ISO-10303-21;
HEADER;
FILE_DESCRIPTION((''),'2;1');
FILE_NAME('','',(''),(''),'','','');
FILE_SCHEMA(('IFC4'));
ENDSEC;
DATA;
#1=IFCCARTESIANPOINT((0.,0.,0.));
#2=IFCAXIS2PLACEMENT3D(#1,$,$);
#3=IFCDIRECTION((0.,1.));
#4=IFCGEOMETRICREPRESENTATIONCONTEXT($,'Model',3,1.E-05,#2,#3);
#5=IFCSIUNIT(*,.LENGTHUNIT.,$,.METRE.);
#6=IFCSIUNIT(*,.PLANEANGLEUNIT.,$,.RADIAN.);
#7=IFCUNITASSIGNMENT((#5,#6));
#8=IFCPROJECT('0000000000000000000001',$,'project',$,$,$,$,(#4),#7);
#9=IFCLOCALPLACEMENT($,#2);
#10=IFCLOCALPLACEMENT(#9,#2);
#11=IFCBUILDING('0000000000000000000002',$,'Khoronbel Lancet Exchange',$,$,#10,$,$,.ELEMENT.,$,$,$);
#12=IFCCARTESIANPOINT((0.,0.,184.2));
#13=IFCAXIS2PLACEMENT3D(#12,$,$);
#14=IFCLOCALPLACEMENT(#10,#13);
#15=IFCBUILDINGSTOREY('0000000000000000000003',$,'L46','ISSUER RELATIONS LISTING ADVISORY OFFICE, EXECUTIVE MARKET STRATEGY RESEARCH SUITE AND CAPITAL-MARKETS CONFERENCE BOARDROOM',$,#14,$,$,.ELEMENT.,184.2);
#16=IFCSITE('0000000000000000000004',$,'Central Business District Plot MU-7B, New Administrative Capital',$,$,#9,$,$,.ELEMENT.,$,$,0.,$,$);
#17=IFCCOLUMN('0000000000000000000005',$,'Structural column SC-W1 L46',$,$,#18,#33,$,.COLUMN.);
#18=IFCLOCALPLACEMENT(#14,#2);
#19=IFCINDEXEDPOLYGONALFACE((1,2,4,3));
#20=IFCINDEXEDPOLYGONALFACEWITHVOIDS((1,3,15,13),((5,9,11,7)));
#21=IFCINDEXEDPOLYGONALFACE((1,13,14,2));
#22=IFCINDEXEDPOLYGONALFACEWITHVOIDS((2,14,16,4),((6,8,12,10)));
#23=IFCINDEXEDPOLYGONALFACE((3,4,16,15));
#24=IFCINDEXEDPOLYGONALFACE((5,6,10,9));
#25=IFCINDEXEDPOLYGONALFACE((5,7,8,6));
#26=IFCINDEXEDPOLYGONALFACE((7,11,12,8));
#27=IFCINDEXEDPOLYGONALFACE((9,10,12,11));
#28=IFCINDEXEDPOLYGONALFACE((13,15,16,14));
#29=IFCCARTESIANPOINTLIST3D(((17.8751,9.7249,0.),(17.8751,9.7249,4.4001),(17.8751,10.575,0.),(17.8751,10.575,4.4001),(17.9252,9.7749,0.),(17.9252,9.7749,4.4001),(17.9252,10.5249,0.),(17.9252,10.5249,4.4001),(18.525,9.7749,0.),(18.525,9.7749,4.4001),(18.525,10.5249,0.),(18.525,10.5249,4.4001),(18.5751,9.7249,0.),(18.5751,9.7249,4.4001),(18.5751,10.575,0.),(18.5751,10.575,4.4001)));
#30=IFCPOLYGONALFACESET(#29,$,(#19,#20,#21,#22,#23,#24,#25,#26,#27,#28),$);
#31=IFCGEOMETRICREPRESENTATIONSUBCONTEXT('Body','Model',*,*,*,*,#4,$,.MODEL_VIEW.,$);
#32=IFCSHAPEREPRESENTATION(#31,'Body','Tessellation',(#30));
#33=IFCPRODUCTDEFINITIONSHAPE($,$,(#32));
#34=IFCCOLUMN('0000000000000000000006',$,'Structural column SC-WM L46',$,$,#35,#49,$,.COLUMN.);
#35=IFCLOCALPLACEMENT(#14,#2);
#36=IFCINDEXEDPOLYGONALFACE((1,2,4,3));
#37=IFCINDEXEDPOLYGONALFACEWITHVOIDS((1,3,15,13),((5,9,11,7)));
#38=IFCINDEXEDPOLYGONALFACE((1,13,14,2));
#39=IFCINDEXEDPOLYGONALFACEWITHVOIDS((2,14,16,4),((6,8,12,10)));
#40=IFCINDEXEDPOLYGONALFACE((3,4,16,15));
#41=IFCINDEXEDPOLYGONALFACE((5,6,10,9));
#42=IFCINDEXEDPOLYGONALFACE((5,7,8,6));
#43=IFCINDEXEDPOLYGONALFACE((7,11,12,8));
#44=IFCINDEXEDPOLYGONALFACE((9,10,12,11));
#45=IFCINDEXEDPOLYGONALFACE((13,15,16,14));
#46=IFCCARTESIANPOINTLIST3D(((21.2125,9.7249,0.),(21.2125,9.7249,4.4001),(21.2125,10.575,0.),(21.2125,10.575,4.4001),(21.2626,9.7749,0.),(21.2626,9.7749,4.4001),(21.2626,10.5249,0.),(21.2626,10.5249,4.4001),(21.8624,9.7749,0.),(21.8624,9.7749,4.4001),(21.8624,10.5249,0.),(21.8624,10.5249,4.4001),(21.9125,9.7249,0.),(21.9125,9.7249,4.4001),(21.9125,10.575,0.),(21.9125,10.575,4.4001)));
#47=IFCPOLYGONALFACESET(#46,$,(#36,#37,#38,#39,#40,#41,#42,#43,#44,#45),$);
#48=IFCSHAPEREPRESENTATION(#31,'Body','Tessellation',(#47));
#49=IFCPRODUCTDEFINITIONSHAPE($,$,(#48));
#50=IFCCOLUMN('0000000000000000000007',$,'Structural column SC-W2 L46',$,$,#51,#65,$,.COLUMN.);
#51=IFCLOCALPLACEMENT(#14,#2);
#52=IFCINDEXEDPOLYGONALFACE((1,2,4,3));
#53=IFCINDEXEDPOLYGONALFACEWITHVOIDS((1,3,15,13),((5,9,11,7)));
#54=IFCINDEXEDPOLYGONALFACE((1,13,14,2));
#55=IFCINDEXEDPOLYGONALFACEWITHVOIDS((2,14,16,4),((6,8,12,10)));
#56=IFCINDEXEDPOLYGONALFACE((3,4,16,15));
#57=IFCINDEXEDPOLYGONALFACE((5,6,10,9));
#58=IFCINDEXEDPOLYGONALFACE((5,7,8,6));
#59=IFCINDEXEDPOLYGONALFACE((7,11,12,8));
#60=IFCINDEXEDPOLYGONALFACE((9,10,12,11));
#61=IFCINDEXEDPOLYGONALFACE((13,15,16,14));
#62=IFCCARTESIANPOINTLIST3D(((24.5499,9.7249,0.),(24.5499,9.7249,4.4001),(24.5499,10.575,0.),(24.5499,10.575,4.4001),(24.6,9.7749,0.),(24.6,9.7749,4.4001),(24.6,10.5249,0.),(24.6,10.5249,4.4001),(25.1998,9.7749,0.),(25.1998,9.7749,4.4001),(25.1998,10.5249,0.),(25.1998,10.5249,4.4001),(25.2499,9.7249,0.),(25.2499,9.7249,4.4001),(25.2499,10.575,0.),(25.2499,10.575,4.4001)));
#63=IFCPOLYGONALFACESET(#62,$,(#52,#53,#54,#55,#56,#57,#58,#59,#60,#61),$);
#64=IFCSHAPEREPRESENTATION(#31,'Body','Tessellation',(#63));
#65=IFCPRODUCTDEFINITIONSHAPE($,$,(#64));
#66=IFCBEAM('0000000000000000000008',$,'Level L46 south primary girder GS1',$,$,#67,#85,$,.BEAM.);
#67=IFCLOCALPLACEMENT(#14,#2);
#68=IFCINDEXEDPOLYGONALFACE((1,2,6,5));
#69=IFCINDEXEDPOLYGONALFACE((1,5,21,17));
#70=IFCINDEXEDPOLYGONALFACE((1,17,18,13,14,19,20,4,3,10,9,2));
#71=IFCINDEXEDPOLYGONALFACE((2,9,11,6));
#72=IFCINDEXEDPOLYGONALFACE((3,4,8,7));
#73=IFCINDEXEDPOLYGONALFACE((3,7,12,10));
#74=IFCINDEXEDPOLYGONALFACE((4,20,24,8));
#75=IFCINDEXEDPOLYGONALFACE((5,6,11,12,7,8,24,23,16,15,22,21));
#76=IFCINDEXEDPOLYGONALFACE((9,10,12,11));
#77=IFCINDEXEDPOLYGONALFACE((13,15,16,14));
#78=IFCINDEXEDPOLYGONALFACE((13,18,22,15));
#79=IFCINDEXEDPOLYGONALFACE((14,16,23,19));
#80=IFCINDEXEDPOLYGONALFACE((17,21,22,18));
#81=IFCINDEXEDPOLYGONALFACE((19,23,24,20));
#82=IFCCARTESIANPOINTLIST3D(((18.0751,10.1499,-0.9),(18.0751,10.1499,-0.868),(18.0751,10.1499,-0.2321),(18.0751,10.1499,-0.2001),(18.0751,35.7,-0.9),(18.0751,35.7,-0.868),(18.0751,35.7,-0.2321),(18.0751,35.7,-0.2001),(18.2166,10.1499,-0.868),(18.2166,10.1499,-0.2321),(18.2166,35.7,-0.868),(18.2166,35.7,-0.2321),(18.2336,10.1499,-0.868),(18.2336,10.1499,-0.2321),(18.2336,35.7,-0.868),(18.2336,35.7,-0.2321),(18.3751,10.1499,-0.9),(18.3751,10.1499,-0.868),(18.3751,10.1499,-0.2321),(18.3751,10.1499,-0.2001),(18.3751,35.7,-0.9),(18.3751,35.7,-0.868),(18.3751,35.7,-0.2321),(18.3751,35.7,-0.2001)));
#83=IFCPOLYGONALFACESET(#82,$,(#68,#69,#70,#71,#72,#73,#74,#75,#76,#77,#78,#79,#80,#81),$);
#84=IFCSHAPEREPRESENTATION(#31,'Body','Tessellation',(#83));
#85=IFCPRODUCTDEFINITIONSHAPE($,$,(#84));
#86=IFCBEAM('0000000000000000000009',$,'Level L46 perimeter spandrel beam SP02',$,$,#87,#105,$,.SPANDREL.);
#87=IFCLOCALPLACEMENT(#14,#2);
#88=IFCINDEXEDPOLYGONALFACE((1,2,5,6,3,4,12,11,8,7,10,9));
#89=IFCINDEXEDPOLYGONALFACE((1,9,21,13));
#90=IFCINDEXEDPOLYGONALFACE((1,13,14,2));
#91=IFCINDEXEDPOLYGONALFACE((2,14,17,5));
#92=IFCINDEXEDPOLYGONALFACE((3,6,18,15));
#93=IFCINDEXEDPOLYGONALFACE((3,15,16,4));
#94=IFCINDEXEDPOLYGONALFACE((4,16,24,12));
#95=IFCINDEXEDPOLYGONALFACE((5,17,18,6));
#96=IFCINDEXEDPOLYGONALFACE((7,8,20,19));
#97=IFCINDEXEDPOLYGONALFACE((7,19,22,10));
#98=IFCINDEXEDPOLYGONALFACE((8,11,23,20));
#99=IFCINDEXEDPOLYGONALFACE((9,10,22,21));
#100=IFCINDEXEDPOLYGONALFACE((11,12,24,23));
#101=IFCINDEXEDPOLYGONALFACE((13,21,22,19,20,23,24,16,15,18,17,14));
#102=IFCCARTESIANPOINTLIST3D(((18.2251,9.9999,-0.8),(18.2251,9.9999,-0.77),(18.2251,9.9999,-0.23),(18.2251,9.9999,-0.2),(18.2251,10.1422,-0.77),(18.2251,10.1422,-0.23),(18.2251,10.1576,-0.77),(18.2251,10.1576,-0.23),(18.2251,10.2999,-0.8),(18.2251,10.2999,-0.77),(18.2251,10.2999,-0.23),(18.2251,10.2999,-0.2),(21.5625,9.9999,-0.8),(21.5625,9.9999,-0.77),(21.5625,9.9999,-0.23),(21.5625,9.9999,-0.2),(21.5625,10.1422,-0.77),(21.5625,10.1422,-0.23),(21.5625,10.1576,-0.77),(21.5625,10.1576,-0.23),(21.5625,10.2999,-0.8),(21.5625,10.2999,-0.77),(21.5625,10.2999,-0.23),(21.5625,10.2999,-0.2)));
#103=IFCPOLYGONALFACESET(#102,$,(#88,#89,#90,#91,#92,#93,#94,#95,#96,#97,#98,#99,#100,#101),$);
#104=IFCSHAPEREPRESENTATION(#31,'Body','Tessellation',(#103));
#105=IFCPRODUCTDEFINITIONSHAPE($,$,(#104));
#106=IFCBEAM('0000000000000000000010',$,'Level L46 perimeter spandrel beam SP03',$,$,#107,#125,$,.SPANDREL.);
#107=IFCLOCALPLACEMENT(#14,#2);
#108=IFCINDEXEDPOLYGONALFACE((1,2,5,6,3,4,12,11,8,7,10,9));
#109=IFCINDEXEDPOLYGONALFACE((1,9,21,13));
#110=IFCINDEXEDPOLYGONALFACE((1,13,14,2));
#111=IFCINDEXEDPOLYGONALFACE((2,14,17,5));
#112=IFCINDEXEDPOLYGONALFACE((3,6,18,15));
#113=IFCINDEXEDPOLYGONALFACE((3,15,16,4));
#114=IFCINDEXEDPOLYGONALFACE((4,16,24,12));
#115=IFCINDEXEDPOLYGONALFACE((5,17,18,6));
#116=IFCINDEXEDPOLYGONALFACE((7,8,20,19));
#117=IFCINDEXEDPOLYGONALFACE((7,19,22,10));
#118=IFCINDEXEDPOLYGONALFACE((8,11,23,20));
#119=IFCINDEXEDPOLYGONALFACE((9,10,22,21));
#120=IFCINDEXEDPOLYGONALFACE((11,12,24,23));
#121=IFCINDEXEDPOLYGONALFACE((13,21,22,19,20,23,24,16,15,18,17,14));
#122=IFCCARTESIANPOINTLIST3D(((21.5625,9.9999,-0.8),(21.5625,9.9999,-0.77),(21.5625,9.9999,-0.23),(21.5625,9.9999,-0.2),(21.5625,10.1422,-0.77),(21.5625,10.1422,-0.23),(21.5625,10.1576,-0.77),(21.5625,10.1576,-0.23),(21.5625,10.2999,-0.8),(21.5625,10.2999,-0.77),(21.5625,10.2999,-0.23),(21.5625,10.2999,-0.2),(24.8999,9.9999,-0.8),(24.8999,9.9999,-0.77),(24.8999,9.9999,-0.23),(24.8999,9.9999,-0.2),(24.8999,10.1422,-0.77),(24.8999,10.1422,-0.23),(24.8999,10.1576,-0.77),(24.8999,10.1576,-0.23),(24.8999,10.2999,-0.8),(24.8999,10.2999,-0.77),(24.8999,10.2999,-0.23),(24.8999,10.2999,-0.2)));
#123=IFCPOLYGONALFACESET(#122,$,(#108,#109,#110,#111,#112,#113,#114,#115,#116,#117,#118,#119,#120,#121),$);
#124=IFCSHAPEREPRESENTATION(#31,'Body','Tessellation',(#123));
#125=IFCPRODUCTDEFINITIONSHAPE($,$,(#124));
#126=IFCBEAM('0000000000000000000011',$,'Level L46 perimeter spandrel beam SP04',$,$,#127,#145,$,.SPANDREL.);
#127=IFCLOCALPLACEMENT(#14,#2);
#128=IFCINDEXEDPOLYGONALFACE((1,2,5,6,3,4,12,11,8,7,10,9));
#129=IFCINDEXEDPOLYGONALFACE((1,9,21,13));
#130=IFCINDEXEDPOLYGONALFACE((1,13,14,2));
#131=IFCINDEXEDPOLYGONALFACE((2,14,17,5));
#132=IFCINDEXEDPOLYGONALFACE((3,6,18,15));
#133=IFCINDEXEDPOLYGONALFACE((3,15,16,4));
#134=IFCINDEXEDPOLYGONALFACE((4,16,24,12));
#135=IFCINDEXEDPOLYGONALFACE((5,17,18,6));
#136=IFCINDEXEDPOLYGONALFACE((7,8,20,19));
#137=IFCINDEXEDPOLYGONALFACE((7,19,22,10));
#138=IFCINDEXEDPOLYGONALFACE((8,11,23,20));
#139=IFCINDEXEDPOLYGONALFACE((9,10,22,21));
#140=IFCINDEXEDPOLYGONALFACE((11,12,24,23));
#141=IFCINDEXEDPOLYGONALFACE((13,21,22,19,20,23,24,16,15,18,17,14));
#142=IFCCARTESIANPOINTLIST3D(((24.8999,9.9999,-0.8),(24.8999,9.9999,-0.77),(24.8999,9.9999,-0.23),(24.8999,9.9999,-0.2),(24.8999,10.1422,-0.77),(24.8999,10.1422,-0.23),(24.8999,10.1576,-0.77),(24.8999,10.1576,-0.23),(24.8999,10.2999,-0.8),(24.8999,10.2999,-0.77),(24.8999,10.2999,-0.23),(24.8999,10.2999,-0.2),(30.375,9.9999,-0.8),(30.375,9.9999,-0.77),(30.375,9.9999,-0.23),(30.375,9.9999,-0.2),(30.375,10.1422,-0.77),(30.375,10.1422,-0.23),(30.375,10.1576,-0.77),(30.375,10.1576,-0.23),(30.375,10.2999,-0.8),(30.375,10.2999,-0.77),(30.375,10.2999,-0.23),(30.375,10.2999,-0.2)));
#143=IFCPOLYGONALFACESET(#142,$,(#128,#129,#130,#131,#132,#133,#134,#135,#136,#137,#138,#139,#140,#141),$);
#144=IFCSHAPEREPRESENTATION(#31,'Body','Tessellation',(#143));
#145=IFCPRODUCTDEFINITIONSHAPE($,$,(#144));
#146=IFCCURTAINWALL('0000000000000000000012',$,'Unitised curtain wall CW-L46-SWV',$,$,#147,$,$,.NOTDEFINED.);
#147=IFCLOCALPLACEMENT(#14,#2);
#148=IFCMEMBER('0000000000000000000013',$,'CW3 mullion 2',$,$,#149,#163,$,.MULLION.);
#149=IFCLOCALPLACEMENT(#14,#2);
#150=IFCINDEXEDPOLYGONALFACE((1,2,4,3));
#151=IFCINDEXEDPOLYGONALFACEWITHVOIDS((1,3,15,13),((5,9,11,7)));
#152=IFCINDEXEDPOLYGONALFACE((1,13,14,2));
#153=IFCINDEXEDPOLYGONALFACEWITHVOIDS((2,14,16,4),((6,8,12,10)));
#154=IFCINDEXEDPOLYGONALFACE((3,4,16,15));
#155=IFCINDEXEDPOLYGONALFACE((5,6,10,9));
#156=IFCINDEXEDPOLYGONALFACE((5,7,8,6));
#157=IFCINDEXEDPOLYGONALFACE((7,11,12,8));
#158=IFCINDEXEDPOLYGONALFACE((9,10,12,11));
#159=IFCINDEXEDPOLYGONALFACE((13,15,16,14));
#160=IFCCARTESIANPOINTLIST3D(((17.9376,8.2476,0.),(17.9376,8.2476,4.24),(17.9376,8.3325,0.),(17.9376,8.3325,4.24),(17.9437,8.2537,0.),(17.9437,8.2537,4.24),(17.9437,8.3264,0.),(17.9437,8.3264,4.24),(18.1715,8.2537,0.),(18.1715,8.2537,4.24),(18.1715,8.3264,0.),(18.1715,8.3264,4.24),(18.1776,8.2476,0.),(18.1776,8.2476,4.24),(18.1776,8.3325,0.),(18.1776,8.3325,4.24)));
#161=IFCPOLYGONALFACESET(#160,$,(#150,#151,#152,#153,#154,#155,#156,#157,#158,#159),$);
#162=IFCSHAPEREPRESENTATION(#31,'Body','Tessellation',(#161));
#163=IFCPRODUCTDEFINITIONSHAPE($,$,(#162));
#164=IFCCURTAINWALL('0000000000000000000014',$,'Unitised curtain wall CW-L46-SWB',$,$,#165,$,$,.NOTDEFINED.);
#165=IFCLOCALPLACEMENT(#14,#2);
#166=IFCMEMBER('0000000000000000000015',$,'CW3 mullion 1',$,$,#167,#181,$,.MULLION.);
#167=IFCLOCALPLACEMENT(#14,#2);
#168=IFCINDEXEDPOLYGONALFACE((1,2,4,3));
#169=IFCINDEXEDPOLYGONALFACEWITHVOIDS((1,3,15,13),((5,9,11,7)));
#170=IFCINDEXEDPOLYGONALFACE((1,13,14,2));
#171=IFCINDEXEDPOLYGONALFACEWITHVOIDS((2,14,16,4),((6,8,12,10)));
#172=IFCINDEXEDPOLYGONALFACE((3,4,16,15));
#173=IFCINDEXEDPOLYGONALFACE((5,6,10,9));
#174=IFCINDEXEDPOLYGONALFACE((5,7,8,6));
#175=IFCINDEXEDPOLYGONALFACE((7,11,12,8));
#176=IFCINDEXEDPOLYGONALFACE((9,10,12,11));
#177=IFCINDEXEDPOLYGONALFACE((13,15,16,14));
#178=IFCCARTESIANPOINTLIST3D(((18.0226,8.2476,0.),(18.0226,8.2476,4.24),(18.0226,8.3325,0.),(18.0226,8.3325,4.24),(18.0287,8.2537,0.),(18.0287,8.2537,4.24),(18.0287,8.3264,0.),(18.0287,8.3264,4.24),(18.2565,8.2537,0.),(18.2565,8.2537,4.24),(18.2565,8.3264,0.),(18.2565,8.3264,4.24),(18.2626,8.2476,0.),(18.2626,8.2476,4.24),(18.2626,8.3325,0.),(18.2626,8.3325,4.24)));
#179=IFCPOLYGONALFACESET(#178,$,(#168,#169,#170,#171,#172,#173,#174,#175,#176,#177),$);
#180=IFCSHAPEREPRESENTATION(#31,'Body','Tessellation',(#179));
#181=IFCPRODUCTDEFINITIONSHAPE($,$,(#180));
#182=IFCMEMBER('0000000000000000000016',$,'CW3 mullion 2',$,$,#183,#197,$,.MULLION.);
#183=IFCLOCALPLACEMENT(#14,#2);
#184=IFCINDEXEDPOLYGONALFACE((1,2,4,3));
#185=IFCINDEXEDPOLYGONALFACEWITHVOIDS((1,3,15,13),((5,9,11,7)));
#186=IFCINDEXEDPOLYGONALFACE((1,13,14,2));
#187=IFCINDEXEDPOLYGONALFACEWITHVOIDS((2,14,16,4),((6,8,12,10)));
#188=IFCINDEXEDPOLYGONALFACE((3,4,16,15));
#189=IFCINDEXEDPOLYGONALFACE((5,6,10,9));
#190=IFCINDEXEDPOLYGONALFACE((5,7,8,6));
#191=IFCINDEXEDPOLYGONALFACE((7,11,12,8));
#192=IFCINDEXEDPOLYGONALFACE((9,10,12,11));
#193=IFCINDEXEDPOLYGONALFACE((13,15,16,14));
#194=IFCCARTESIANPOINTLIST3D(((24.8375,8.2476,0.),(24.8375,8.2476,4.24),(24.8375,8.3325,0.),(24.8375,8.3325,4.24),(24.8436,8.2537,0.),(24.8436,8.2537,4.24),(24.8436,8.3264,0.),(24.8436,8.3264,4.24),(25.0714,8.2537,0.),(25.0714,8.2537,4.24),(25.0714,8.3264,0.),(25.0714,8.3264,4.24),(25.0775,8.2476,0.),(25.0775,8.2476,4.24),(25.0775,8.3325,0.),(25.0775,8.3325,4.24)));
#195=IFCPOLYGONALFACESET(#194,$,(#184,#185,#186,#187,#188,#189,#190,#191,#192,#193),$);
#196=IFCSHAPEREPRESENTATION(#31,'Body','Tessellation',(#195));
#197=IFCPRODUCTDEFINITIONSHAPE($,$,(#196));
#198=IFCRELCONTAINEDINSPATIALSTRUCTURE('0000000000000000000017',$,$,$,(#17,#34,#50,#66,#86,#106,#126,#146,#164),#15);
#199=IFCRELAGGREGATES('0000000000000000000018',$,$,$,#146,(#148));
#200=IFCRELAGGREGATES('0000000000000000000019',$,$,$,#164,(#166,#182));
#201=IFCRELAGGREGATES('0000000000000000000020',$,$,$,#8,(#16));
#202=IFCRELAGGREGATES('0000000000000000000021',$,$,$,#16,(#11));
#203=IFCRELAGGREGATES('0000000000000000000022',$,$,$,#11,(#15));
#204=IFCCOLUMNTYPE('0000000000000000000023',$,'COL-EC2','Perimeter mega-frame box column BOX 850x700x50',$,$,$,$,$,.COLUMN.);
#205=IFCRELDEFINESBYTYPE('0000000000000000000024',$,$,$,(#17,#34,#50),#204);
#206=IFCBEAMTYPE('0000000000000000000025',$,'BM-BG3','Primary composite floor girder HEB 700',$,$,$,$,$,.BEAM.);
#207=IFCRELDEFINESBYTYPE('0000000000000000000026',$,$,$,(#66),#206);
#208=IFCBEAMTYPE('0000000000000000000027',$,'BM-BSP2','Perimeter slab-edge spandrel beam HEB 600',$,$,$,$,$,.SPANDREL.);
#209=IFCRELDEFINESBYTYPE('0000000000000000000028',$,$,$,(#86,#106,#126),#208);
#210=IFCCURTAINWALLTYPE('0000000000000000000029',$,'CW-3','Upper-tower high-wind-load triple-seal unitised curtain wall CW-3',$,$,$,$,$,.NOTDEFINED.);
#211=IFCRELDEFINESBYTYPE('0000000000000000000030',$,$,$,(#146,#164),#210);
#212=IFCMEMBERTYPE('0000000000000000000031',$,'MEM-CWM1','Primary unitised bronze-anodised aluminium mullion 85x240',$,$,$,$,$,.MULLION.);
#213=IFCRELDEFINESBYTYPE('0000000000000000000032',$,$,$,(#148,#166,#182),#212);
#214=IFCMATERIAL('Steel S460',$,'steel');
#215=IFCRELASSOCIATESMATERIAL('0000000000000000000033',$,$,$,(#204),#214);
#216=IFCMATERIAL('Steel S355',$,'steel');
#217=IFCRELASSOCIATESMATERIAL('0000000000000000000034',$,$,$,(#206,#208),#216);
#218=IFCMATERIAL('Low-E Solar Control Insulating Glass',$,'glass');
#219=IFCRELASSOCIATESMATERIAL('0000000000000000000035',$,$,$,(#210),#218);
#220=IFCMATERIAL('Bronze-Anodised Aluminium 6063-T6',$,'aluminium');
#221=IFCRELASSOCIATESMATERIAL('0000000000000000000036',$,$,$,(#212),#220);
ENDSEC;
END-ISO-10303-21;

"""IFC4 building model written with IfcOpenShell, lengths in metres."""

from ifc_helpers import new_model, si_unit, direction, frame, origin, origin_2d, place, context, subcontext, project, spatial, hollow_rectangle, i_section, extrude, material, material_profile, profile_set, type_object, element, aggregate, save


model = new_model("IFC4")

# Units and contexts
model_context = context("Model", 3, precision=1e-05, world=origin(), true_north=direction((0.0, 1.0)))
body_context = subcontext(model_context, "Body", "Model", "MODEL_VIEW")
ifc_project = project(units=[si_unit("LENGTHUNIT", "METRE"), si_unit("PLANEANGLEUNIT", "RADIAN")], contexts=[model_context])

# Site, building, storey
site_placement = place(None, origin())
site = spatial("IfcSite", under=ifc_project, at=site_placement, Name="Central Business District Plot MU-7B, New Administrative Capital", CompositionType="ELEMENT", RefElevation=0.0)
building_placement = place(site_placement, origin())
building = spatial("IfcBuilding", under=site, at=building_placement, Name="Khoronbel Lancet Exchange", CompositionType="ELEMENT")
storey_placement = place(building_placement, frame((0.0, 0.0, 184.2)))
storey = spatial("IfcBuildingStorey", under=building, at=storey_placement, Name="L46", Description="ISSUER RELATIONS LISTING ADVISORY OFFICE, EXECUTIVE MARKET STRATEGY RESEARCH SUITE AND CAPITAL-MARKETS CONFERENCE BOARDROOM", CompositionType="ELEMENT", Elevation=184.2)

# Columns
ifc_material_1 = material(Name="Steel S460", Category="steel")
ifc_material_profile_1 = material_profile(ifc_material_1, hollow_rectangle(XDim=0.7, YDim=0.8501, WallThickness=0.05, at=origin_2d()), Name="BOX 850x700x50")
ifc_profile_set_1 = profile_set([ifc_material_profile_1], Name="Steel S460")
column_type = type_object("IfcColumnType", Name="COL-EC2", Description="Perimeter mega-frame box column BOX 850x700x50", PredefinedType="COLUMN", material=ifc_profile_set_1)
for number, where, z_axis, x_axis, name in (
    (1, (18.2251, 10.1499, 0.0), (0.0, 0.0, 1.0), (1.0, 0.0, 0.0), "Structural column SC-W1 L46"),
    (2, (21.5625, 10.1499, 0.0), (0.0, 0.0, 1.0), (1.0, 0.0, 0.0), "Structural column SC-WM L46"),
    (3, (24.8999, 10.1499, 0.0), (0.0, 0.0, 1.0), (1.0, 0.0, 0.0), "Structural column SC-W2 L46"),
):
    element("IfcColumn", number, at=place(storey_placement, frame(where, z_axis=z_axis, x_axis=x_axis)), inside=storey, type_object=column_type, Name=name, PredefinedType="COLUMN", context=body_context, shape_type="SweptSolid", body=[
        extrude(hollow_rectangle(XDim=0.7, YDim=0.8501, WallThickness=0.05, at=origin_2d()), origin(), (0.0, 0.0, 1.0), 4.4001),
    ])

# Beams
ifc_material_2 = material(Name="Steel S355", Category="steel")
ifc_material_profile_2 = material_profile(ifc_material_2, i_section(OverallWidth=0.3, OverallDepth=0.7, WebThickness=0.0171, FlangeThickness=0.032, at=origin_2d()), Name="HEB 700")
ifc_profile_set_2 = profile_set([ifc_material_profile_2], Name="Steel S355")
beam_type_1 = type_object("IfcBeamType", Name="BM-BG3", Description="Primary composite floor girder HEB 700", PredefinedType="BEAM", material=ifc_profile_set_2)
beam_1_placement = place(storey_placement, frame((18.2251, 10.1499, -0.55), z_axis=(0.0, 1.0, 0.0), x_axis=(-1.0, 0.0, 0.0)))
element("IfcBeam", 4, at=beam_1_placement, inside=storey, type_object=beam_type_1, Name="Level L46 south primary girder GS1", PredefinedType="BEAM", context=body_context, shape_type="SweptSolid", body=[
    extrude(i_section(OverallWidth=0.3, OverallDepth=0.7, WebThickness=0.0171, FlangeThickness=0.032, at=origin_2d()), origin(), (0.0, 0.0, 1.0), 25.55),
])
ifc_material_profile_3 = material_profile(ifc_material_2, i_section(OverallWidth=0.3, OverallDepth=0.6001, WebThickness=0.0154, FlangeThickness=0.03, at=origin_2d()), Name="HEB 600")
ifc_profile_set_3 = profile_set([ifc_material_profile_3], Name="Steel S355")
beam_type_2 = type_object("IfcBeamType", Name="BM-BSP2", Description="Perimeter slab-edge spandrel beam HEB 600", PredefinedType="SPANDREL", material=ifc_profile_set_3)
for number, where, z_axis, x_axis, name in (
    (5, (18.2251, 10.1499, -0.5), (1.0, 0.0, 0.0), (0.0, 1.0, 0.0), "Level L46 perimeter spandrel beam SP02"),
    (6, (21.5625, 10.1499, -0.5), (1.0, 0.0, 0.0), (0.0, 1.0, 0.0), "Level L46 perimeter spandrel beam SP03"),
):
    element("IfcBeam", number, at=place(storey_placement, frame(where, z_axis=z_axis, x_axis=x_axis)), inside=storey, type_object=beam_type_2, Name=name, PredefinedType="SPANDREL", context=body_context, shape_type="SweptSolid", body=[
        extrude(i_section(OverallWidth=0.3, OverallDepth=0.6001, WebThickness=0.0154, FlangeThickness=0.03, at=origin_2d()), origin(), (0.0, 0.0, 1.0), 3.3374),
    ])
beam_2_placement = place(storey_placement, frame((24.8999, 10.1499, -0.5), z_axis=(1.0, 0.0, 0.0), x_axis=(0.0, 1.0, 0.0)))
element("IfcBeam", 7, at=beam_2_placement, inside=storey, type_object=beam_type_2, Name="Level L46 perimeter spandrel beam SP04", PredefinedType="SPANDREL", context=body_context, shape_type="SweptSolid", body=[
    extrude(i_section(OverallWidth=0.3, OverallDepth=0.6001, WebThickness=0.0154, FlangeThickness=0.03, at=origin_2d()), origin(), (0.0, 0.0, 1.0), 5.4751),
])

# Curtain wall, member
ifc_material_3 = material(Name="Low-E Solar Control Insulating Glass", Category="glass")
curtain_wall_type = type_object("IfcCurtainWallType", Name="CW-3", Description="Upper-tower high-wind-load triple-seal unitised curtain wall CW-3", PredefinedType="NOTDEFINED", material=ifc_material_3)
curtain_wall_1_placement = place(storey_placement, origin())
curtain_wall_1 = element("IfcCurtainWall", 8, at=curtain_wall_1_placement, inside=storey, type_object=curtain_wall_type, Name="Unitised curtain wall CW-L46-SWV", PredefinedType="NOTDEFINED")
ifc_material_4 = material(Name="Bronze-Anodised Aluminium 6063-T6", Category="aluminium")
ifc_material_profile_4 = material_profile(ifc_material_4, hollow_rectangle(XDim=0.085, YDim=0.24, WallThickness=0.0061, at=origin_2d()), Name="ALU MULLION 85x240")
ifc_profile_set_4 = profile_set([ifc_material_profile_4], Name="Bronze-Anodised Aluminium 6063-T6")
member_type_1 = type_object("IfcMemberType", Name="MEM-CWM1", Description="Primary unitised bronze-anodised aluminium mullion 85x240", PredefinedType="MULLION", material=ifc_profile_set_4)
member_1_placement = place(storey_placement, frame((18.0576, 8.29, 0.0), z_axis=(0.0, 0.0, 1.0), x_axis=(0.0, 1.0, 0.0)))
member_1 = element("IfcMember", 9, at=member_1_placement, type_object=member_type_1, Name="CW3 mullion 2", PredefinedType="MULLION", context=body_context, shape_type="SweptSolid", body=[
    extrude(hollow_rectangle(XDim=0.085, YDim=0.24, WallThickness=0.0061, at=origin_2d()), origin(), (0.0, 0.0, 1.0), 4.24),
])
aggregate(curtain_wall_1, [member_1])

# Curtain wall, members
curtain_wall_2_placement = place(storey_placement, origin())
curtain_wall_2 = element("IfcCurtainWall", 10, at=curtain_wall_2_placement, inside=storey, type_object=curtain_wall_type, Name="Unitised curtain wall CW-L46-SWB", PredefinedType="NOTDEFINED")
member_2_placement = place(storey_placement, frame((18.1426, 8.29, 0.0), z_axis=(0.0, 0.0, 1.0), x_axis=(0.0, 1.0, 0.0)))
member_2 = element("IfcMember", 11, at=member_2_placement, type_object=member_type_1, Name="CW3 mullion 1", PredefinedType="MULLION", context=body_context, shape_type="SweptSolid", body=[
    extrude(hollow_rectangle(XDim=0.085, YDim=0.24, WallThickness=0.0061, at=origin_2d()), origin(), (0.0, 0.0, 1.0), 4.24),
])
member_3_placement = place(storey_placement, frame((24.9575, 8.29, 0.0), z_axis=(0.0, 0.0, 1.0), x_axis=(0.0, 1.0, 0.0)))
member_3 = element("IfcMember", 12, at=member_3_placement, type_object=member_type_1, Name="CW3 mullion 2", PredefinedType="MULLION", context=body_context, shape_type="SweptSolid", body=[
    extrude(hollow_rectangle(XDim=0.085, YDim=0.24, WallThickness=0.0061, at=origin_2d()), origin(), (0.0, 0.0, 1.0), 4.24),
])

aggregate(curtain_wall_2, [member_2, member_3])

save(model, "model.ifc")
